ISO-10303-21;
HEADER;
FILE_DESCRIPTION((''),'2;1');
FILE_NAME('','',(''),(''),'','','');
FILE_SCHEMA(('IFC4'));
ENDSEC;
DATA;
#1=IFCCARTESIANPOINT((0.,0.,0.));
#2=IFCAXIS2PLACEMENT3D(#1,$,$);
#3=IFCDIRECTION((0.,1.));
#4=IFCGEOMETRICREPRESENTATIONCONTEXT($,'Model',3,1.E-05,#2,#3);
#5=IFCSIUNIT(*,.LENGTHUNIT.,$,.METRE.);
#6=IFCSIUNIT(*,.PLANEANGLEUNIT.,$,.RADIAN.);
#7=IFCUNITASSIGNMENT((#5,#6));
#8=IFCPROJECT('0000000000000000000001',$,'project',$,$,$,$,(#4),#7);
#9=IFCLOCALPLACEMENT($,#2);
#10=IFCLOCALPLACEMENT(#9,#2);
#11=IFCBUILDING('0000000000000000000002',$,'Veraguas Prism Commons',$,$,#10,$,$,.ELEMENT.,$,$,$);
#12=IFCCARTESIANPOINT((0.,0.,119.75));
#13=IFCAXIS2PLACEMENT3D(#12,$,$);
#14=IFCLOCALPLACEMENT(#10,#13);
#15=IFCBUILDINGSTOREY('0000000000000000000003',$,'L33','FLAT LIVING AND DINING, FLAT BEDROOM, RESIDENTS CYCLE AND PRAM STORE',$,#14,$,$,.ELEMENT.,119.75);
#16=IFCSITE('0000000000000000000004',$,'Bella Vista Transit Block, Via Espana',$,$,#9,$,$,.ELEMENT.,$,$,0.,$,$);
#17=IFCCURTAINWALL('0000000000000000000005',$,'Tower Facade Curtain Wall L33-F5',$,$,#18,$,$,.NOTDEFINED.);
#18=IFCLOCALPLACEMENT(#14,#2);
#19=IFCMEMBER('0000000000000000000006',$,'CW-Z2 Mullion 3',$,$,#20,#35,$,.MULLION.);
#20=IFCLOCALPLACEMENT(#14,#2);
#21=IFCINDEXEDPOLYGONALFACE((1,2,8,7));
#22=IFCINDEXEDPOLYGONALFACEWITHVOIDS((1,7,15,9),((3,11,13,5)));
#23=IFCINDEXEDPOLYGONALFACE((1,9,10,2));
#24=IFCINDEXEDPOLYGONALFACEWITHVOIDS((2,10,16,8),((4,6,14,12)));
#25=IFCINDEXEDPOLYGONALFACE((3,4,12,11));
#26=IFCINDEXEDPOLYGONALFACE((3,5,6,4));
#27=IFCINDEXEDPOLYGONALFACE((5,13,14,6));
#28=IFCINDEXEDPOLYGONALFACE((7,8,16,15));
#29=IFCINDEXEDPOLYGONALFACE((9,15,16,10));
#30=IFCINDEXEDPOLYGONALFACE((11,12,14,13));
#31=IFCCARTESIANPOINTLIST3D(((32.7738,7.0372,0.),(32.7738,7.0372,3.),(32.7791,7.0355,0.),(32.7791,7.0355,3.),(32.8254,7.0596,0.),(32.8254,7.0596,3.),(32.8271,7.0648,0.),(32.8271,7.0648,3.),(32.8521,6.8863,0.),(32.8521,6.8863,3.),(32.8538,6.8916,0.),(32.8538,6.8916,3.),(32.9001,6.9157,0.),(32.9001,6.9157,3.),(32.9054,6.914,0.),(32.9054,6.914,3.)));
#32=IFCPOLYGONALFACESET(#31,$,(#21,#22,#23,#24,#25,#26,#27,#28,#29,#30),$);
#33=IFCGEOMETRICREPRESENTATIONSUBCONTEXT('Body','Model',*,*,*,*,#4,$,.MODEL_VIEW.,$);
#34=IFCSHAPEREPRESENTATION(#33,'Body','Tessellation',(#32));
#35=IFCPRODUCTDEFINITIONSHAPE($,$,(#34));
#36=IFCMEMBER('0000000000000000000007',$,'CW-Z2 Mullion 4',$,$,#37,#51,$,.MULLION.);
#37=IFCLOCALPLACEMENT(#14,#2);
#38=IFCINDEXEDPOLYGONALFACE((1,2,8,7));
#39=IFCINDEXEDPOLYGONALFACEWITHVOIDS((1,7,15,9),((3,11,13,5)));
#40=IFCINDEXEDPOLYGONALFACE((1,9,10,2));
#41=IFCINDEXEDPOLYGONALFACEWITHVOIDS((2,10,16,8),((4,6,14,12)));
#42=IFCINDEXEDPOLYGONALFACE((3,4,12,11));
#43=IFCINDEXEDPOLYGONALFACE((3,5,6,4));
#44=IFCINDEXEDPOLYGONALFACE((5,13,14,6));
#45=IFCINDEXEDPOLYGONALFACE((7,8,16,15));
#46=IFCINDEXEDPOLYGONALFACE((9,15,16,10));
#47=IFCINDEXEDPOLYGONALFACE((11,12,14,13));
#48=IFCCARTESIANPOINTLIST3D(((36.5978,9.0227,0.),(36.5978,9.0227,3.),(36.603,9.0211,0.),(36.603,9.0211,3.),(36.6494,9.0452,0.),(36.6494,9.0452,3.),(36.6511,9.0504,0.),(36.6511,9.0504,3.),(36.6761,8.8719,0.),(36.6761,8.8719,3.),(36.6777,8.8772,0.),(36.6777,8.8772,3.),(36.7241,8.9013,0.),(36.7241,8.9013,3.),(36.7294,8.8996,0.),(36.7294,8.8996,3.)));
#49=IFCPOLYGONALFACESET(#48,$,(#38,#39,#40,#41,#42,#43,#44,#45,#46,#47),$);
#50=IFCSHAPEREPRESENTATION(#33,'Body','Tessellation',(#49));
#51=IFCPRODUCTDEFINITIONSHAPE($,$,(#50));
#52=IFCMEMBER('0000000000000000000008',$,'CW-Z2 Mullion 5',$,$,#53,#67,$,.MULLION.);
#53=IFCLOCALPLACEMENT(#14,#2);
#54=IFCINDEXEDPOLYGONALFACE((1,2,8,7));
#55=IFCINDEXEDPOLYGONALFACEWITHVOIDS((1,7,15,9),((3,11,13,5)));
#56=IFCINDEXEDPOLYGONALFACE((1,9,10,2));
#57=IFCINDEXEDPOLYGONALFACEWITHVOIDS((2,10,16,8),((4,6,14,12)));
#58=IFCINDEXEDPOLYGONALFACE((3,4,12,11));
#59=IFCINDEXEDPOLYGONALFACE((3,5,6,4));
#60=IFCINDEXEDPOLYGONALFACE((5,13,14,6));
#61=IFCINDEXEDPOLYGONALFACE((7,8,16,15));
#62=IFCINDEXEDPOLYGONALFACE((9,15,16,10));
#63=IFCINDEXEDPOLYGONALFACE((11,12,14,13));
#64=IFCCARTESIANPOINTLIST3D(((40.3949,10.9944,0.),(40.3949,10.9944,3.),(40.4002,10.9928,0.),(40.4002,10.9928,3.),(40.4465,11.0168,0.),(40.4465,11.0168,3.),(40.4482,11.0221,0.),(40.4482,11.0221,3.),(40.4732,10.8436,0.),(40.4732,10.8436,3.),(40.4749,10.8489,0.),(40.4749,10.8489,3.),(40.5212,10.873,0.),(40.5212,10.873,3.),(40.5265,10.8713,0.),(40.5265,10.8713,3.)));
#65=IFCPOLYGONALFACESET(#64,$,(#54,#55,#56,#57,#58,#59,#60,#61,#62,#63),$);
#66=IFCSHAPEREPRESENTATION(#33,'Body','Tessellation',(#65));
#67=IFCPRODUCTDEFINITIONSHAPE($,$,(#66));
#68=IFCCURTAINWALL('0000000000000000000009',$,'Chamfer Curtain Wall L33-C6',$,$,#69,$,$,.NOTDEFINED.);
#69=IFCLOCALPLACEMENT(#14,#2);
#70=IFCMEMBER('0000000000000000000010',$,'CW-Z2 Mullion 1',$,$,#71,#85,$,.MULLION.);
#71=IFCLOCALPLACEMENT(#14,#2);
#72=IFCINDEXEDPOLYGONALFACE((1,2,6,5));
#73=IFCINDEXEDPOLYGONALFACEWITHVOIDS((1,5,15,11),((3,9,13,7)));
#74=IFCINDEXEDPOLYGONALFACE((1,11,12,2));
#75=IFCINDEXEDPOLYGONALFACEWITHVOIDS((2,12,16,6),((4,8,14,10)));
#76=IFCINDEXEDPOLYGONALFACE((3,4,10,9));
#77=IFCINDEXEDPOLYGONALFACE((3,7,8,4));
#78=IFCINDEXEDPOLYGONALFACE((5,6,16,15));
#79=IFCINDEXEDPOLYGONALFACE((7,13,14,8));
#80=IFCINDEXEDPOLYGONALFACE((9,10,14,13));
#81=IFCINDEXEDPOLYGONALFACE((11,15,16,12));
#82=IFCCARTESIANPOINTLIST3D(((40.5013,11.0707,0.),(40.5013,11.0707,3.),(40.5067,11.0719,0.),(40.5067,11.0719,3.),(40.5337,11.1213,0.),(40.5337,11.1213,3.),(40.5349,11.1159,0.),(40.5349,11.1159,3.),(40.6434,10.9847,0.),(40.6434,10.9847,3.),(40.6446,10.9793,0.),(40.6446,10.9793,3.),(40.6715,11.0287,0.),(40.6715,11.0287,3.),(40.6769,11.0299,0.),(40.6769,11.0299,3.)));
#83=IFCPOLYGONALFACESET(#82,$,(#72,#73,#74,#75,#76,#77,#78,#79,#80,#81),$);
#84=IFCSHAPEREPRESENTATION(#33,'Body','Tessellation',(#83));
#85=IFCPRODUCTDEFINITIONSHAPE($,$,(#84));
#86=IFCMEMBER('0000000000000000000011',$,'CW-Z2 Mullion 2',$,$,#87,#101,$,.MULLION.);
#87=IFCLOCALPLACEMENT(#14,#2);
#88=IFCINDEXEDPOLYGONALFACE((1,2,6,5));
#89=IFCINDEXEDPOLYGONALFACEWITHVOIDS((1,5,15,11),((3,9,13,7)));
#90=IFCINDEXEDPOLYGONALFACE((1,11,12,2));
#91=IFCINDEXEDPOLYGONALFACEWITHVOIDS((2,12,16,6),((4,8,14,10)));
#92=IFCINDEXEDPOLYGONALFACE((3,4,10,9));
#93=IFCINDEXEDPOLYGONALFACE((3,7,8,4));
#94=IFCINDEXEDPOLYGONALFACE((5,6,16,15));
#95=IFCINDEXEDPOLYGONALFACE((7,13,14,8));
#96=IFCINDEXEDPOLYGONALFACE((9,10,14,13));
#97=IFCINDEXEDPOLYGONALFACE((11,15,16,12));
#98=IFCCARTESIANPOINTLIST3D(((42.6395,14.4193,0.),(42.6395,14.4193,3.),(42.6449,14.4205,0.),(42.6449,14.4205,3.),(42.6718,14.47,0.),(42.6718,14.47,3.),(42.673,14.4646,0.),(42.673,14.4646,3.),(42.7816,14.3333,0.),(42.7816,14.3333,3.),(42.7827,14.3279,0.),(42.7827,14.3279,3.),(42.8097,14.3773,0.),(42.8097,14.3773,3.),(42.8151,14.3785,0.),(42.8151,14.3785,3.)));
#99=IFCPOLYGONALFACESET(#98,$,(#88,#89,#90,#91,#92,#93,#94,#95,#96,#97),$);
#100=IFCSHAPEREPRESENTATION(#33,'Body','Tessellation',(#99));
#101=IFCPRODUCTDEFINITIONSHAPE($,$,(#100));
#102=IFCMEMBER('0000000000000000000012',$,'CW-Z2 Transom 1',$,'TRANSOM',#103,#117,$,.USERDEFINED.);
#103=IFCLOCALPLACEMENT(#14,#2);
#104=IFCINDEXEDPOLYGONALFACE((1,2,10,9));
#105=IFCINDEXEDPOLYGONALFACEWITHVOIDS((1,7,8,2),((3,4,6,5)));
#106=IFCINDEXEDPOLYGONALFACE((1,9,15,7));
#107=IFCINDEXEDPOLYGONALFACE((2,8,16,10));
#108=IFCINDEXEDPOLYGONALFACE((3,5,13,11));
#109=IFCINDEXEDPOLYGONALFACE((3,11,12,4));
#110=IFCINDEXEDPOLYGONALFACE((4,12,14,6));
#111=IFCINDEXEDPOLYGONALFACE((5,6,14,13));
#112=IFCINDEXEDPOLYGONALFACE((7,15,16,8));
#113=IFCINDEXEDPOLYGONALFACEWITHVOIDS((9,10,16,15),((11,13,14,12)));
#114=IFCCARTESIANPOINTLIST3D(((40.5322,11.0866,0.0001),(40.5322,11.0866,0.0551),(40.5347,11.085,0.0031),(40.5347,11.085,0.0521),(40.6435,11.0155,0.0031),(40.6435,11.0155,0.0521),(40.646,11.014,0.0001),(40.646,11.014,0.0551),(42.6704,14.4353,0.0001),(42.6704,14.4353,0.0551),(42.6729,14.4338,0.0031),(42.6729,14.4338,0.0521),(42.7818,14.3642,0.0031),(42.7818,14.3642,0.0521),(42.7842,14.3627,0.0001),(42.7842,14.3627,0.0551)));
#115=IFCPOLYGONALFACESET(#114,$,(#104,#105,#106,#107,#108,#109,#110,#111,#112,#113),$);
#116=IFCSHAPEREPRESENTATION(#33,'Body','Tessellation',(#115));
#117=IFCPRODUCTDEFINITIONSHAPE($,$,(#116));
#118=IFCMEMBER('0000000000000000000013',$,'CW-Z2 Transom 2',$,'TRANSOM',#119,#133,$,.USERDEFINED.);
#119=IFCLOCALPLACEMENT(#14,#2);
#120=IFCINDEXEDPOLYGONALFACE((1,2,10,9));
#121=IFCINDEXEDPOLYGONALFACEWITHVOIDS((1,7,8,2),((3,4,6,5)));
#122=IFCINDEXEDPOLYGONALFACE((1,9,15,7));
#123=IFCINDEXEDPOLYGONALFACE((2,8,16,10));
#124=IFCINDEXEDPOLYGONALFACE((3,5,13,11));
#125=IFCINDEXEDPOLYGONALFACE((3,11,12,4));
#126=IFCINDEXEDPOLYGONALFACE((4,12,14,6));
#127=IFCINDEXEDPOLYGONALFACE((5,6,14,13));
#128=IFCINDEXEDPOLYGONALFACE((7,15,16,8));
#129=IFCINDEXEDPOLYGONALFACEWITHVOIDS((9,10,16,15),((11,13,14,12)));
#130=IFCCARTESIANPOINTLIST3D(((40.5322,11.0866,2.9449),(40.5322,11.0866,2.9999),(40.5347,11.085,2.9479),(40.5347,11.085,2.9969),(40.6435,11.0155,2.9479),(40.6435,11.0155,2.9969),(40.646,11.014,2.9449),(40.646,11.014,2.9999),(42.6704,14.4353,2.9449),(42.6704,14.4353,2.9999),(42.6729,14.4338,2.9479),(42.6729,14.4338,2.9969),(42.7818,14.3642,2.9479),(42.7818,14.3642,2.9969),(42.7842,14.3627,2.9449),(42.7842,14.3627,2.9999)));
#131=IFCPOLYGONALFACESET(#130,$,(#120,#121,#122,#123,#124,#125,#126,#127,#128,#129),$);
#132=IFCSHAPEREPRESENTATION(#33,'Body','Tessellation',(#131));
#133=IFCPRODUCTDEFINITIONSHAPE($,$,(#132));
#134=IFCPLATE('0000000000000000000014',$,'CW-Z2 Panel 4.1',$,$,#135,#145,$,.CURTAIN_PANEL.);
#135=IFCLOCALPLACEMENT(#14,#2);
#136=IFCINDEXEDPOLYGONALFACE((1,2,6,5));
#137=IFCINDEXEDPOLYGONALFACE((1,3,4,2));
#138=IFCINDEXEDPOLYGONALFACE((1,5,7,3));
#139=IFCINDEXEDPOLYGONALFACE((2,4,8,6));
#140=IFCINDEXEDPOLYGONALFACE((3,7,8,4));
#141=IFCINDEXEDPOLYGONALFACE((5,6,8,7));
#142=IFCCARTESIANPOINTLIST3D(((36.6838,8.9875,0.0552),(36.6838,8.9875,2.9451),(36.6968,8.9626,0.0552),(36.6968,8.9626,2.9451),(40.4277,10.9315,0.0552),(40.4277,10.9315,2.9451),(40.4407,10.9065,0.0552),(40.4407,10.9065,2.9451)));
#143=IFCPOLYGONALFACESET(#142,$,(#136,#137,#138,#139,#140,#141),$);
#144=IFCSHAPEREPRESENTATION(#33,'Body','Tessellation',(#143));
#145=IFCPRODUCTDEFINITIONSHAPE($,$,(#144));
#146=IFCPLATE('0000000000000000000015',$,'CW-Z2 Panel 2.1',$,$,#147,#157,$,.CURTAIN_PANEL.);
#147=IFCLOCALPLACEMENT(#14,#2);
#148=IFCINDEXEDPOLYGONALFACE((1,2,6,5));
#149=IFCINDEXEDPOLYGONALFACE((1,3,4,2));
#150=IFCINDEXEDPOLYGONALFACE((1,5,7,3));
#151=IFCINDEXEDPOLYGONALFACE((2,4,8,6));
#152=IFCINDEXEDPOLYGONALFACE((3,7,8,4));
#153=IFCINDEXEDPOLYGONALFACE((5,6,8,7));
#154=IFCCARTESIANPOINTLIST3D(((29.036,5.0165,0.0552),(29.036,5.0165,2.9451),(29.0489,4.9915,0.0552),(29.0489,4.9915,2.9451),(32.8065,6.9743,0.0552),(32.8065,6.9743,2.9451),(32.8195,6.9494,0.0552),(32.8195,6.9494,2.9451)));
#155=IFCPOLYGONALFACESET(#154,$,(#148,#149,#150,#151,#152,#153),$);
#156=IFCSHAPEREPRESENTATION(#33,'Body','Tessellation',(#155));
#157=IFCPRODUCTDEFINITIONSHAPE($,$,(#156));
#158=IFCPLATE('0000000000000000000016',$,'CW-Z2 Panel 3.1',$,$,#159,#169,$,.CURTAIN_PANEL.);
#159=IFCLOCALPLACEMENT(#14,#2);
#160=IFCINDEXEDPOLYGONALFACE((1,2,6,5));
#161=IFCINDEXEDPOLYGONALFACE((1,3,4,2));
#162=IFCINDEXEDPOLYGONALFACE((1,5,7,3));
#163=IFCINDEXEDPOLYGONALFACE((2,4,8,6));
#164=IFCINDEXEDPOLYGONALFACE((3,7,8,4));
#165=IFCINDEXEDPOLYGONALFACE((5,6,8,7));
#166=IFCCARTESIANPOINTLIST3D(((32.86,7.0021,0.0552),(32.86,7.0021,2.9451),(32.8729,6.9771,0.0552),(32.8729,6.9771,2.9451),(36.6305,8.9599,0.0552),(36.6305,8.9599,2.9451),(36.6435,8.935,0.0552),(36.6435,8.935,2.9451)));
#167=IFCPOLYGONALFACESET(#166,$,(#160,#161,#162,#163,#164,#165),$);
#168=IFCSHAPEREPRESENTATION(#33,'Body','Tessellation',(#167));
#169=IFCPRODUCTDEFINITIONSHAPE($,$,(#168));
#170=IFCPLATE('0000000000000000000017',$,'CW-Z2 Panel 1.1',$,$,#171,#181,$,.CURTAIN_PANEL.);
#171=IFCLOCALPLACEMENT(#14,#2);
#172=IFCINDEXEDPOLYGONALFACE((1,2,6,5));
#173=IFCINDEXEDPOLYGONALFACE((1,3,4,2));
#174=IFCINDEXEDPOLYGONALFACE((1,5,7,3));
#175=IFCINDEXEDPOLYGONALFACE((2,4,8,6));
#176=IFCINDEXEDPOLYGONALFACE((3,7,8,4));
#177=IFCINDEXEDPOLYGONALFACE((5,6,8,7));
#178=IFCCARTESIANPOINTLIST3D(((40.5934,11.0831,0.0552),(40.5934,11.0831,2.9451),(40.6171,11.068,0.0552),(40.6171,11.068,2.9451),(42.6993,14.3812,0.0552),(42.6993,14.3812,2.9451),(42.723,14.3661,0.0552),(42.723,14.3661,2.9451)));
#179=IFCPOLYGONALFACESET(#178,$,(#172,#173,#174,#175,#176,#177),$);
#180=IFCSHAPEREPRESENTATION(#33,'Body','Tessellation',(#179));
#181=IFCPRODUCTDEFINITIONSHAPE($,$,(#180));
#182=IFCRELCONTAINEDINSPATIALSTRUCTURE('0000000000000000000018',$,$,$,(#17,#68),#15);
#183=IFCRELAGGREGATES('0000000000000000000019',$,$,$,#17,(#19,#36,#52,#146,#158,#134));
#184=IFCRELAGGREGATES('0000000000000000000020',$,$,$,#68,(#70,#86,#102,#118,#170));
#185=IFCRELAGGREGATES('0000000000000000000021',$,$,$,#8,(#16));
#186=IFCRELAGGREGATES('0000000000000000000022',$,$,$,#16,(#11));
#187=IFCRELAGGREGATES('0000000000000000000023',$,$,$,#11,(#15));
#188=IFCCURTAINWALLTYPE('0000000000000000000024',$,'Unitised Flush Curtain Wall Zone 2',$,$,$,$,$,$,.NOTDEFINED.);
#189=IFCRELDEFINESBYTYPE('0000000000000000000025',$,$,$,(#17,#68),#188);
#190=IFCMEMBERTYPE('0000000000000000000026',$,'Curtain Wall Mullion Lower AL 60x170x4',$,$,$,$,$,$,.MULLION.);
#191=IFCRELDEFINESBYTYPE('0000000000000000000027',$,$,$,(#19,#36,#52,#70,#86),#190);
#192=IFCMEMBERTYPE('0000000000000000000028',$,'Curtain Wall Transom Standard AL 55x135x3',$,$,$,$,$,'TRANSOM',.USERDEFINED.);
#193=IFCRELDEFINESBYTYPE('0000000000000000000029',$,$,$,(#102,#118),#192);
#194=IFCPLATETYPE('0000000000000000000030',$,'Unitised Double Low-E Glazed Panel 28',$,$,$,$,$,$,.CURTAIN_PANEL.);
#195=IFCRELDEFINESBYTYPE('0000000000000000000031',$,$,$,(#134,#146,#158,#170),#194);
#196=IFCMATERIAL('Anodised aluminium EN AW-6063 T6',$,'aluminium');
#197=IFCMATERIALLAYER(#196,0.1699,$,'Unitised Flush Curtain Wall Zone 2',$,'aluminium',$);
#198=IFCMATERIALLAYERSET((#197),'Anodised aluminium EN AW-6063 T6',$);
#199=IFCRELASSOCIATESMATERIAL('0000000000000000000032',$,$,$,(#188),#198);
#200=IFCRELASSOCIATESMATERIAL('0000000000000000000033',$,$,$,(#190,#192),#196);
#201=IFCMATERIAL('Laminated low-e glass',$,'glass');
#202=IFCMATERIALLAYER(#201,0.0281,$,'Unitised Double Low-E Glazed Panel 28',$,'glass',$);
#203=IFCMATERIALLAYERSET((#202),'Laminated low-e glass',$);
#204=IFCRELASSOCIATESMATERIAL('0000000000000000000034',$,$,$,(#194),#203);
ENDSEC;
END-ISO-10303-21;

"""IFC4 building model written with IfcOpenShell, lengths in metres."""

from ifc_helpers import new_model, si_unit, direction, frame, origin, origin_2d, place, context, subcontext, project, spatial, rectangle, hollow_rectangle, extrude, source, transform, mapped, material, layer, layer_set, material_profile, profile_set, type_object, element, aggregate, save


model = new_model("IFC4")

# Units and contexts
model_context = context("Model", 3, precision=1e-05, world=origin(), true_north=direction((0.0, 1.0)))
body_context = subcontext(model_context, "Body", "Model", "MODEL_VIEW")
ifc_project = project(units=[si_unit("LENGTHUNIT", "METRE"), si_unit("PLANEANGLEUNIT", "RADIAN")], contexts=[model_context])

# Site, building, storey
site_placement = place(None, origin())
site = spatial("IfcSite", under=ifc_project, at=site_placement, Name="Bella Vista Transit Block, Via Espana", CompositionType="ELEMENT", RefElevation=0.0)
building_placement = place(site_placement, origin())
building = spatial("IfcBuilding", under=site, at=building_placement, Name="Veraguas Prism Commons", CompositionType="ELEMENT")
storey_placement = place(building_placement, frame((0.0, 0.0, 119.75)))
storey = spatial("IfcBuildingStorey", under=building, at=storey_placement, Name="L33", Description="FLAT LIVING AND DINING, FLAT BEDROOM, RESIDENTS CYCLE AND PRAM STORE", CompositionType="ELEMENT", Elevation=119.75)

# Curtain walls, members
ifc_material_1 = material(Name="Anodised aluminium EN AW-6063 T6", Category="aluminium")
ifc_layer_1 = layer(ifc_material_1, 0.1699, Name="Unitised Flush Curtain Wall Zone 2", Category="aluminium")
ifc_layer_set_1 = layer_set([ifc_layer_1], Name="Anodised aluminium EN AW-6063 T6")
curtain_wall_type = type_object("IfcCurtainWallType", Name="Unitised Flush Curtain Wall Zone 2", PredefinedType="NOTDEFINED", material=ifc_layer_set_1)
curtain_wall_1_placement = place(storey_placement, origin())
curtain_wall_1 = element("IfcCurtainWall", 1, at=curtain_wall_1_placement, inside=storey, type_object=curtain_wall_type, Name="Tower Facade Curtain Wall L33-F5", PredefinedType="NOTDEFINED")
ifc_material_profile_1 = material_profile(ifc_material_1, hollow_rectangle(XDim=0.0601, YDim=0.1699, WallThickness=0.0039, at=origin_2d()), Name="AL60X170X4")
ifc_profile_set_1 = profile_set([ifc_material_profile_1], Name="Anodised aluminium EN AW-6063 T6")
member_type_1 = type_object("IfcMemberType", Name="Curtain Wall Mullion Lower AL 60x170x4", PredefinedType="MULLION", material=ifc_profile_set_1)
shared_shape_1 = source(origin(), body_context, "Body", "SweptSolid", [
    extrude(hollow_rectangle(XDim=0.0601, YDim=0.1699, WallThickness=0.0039, at=origin_2d()), origin(), (0.0, 0.0, 1.0), 3.0),
])
member_1_placement = place(storey_placement, frame((32.8396, 6.9756, 0.0), z_axis=(0.0, 0.0, 1.0), x_axis=(0.887494, 0.460819, 0.0)))
member_1 = element("IfcMember", 2, at=member_1_placement, type_object=member_type_1, Name="CW-Z2 Mullion 3", PredefinedType="MULLION", context=body_context, shape_type="MappedRepresentation", body=[
    mapped(shared_shape_1, transform((0.0, 0.0, 0.0), scale=1.0)),
])
member_2_placement = place(storey_placement, frame((36.6636, 8.9612, 0.0), z_axis=(0.0, 0.0, 1.0), x_axis=(0.887494, 0.460819, 0.0)))
member_2 = element("IfcMember", 3, at=member_2_placement, type_object=member_type_1, Name="CW-Z2 Mullion 4", PredefinedType="MULLION", context=body_context, shape_type="MappedRepresentation", body=[
    mapped(shared_shape_1, transform((0.0, 0.0, 0.0), scale=1.0)),
])
member_3_placement = place(storey_placement, frame((40.4607, 10.9329, 0.0), z_axis=(0.0, 0.0, 1.0), x_axis=(0.887494, 0.460819, 0.0)))
member_3 = element("IfcMember", 4, at=member_3_placement, type_object=member_type_1, Name="CW-Z2 Mullion 5", PredefinedType="MULLION", context=body_context, shape_type="MappedRepresentation", body=[
    mapped(shared_shape_1, transform((0.0, 0.0, 0.0), scale=1.0)),
])
curtain_wall_2_placement = place(storey_placement, origin())
curtain_wall_2 = element("IfcCurtainWall", 5, at=curtain_wall_2_placement, inside=storey, type_object=curtain_wall_type, Name="Chamfer Curtain Wall L33-C6", PredefinedType="NOTDEFINED")
member_4_placement = place(storey_placement, frame((40.5891, 11.0503, 0.0), z_axis=(0.0, 0.0, 1.0), x_axis=(0.538177, 0.842832, 0.0)))
member_4 = element("IfcMember", 6, at=member_4_placement, type_object=member_type_1, Name="CW-Z2 Mullion 1", PredefinedType="MULLION", context=body_context, shape_type="MappedRepresentation", body=[
    mapped(shared_shape_1, transform((0.0, 0.0, 0.0), scale=1.0)),
])
member_5_placement = place(storey_placement, frame((42.7273, 14.3989, 0.0), z_axis=(0.0, 0.0, 1.0), x_axis=(0.538177, 0.842832, 0.0)))
member_5 = element("IfcMember", 7, at=member_5_placement, type_object=member_type_1, Name="CW-Z2 Mullion 2", PredefinedType="MULLION", context=body_context, shape_type="MappedRepresentation", body=[
    mapped(shared_shape_1, transform((0.0, 0.0, 0.0), scale=1.0)),
])
ifc_material_profile_2 = material_profile(ifc_material_1, hollow_rectangle(XDim=0.0549, YDim=0.135, WallThickness=0.0029, at=origin_2d()), Name="AL55X135X3")
ifc_profile_set_2 = profile_set([ifc_material_profile_2], Name="Anodised aluminium EN AW-6063 T6")
member_type_2 = type_object("IfcMemberType", Name="Curtain Wall Transom Standard AL 55x135x3", ElementType="TRANSOM", PredefinedType="USERDEFINED", material=ifc_profile_set_2)
shared_shape_2 = source(origin(), body_context, "Body", "SweptSolid", [
    extrude(hollow_rectangle(XDim=0.0549, YDim=0.135, WallThickness=0.0029, at=origin_2d()), origin(), (0.0, 0.0, 1.0), 3.9731),
])
member_6_placement = place(storey_placement, frame((40.5891, 11.0503, 0.0276), z_axis=(0.538171, 0.842836, 0.0), x_axis=(0.0, 0.0, 1.0)))
member_6 = element("IfcMember", 8, at=member_6_placement, type_object=member_type_2, Name="CW-Z2 Transom 1", ObjectType="TRANSOM", PredefinedType="USERDEFINED", context=body_context, shape_type="MappedRepresentation", body=[
    mapped(shared_shape_2, transform((0.0, 0.0, 0.0), scale=1.0)),
])
member_7_placement = place(storey_placement, frame((40.5891, 11.0503, 2.9724), z_axis=(0.538171, 0.842836, 0.0), x_axis=(0.0, 0.0, 1.0)))
member_7 = element("IfcMember", 9, at=member_7_placement, type_object=member_type_2, Name="CW-Z2 Transom 2", ObjectType="TRANSOM", PredefinedType="USERDEFINED", context=body_context, shape_type="MappedRepresentation", body=[
    mapped(shared_shape_2, transform((0.0, 0.0, 0.0), scale=1.0)),
])

# Plates
ifc_material_2 = material(Name="Laminated low-e glass", Category="glass")
ifc_layer_2 = layer(ifc_material_2, 0.0281, Name="Unitised Double Low-E Glazed Panel 28", Category="glass")
ifc_layer_set_2 = layer_set([ifc_layer_2], Name="Laminated low-e glass")
plate_type = type_object("IfcPlateType", Name="Unitised Double Low-E Glazed Panel 28", PredefinedType="CURTAIN_PANEL", material=ifc_layer_set_2)
shared_shape_3 = source(origin(), body_context, "Body", "SweptSolid", [
    extrude(rectangle(XDim=4.2185, YDim=0.0281, at=origin_2d()), origin(), (0.0, 0.0, 1.0), 2.8899),
])
plate_1_placement = place(storey_placement, frame((38.5623, 9.947, 0.0552), z_axis=(0.0, 0.0, 1.0), x_axis=(0.887494, 0.460819, 0.0)))
plate_1 = element("IfcPlate", 10, at=plate_1_placement, type_object=plate_type, Name="CW-Z2 Panel 4.1", PredefinedType="CURTAIN_PANEL", context=body_context, shape_type="MappedRepresentation", body=[
    mapped(shared_shape_3, transform((0.0, 0.0, 0.0), scale=1.0)),
])
shared_shape_4 = source(origin(), body_context, "Body", "SweptSolid", [
    extrude(rectangle(XDim=4.2485, YDim=0.0281, at=origin_2d()), origin(), (0.0, 0.0, 1.0), 2.8899),
])
plate_2_placement = place(storey_placement, frame((30.9277, 5.9829, 0.0552), z_axis=(0.0, 0.0, 1.0), x_axis=(0.887494, 0.460819, 0.0)))
plate_2 = element("IfcPlate", 11, at=plate_2_placement, type_object=plate_type, Name="CW-Z2 Panel 2.1", PredefinedType="CURTAIN_PANEL", context=body_context, shape_type="MappedRepresentation", body=[
    mapped(shared_shape_4, transform((0.0, 0.0, 0.0), scale=1.0)),
])
plate_3_placement = place(storey_placement, frame((34.7517, 7.9685, 0.0552), z_axis=(0.0, 0.0, 1.0), x_axis=(0.887494, 0.460819, 0.0)))
plate_3 = element("IfcPlate", 12, at=plate_3_placement, type_object=plate_type, Name="CW-Z2 Panel 3.1", PredefinedType="CURTAIN_PANEL", context=body_context, shape_type="MappedRepresentation", body=[
    mapped(shared_shape_4, transform((0.0, 0.0, 0.0), scale=1.0)),
])
aggregate(curtain_wall_1, [member_1, member_2, member_3, plate_2, plate_3, plate_1])
shared_shape_5 = source(origin(), body_context, "Body", "SweptSolid", [
    extrude(rectangle(XDim=3.9131, YDim=0.0281, at=origin_2d()), origin(), (0.0, 0.0, 1.0), 2.8899),
])
plate_4_placement = place(storey_placement, frame((41.6582, 12.7246, 0.0552), z_axis=(0.0, 0.0, 1.0), x_axis=(0.538177, 0.842832, 0.0)))
plate_4 = element("IfcPlate", 13, at=plate_4_placement, type_object=plate_type, Name="CW-Z2 Panel 1.1", PredefinedType="CURTAIN_PANEL", context=body_context, shape_type="MappedRepresentation", body=[
    mapped(shared_shape_5, transform((0.0, 0.0, 0.0), scale=1.0)),
])
aggregate(curtain_wall_2, [member_4, member_5, member_6, member_7, plate_4])

save(model, "model.ifc")
